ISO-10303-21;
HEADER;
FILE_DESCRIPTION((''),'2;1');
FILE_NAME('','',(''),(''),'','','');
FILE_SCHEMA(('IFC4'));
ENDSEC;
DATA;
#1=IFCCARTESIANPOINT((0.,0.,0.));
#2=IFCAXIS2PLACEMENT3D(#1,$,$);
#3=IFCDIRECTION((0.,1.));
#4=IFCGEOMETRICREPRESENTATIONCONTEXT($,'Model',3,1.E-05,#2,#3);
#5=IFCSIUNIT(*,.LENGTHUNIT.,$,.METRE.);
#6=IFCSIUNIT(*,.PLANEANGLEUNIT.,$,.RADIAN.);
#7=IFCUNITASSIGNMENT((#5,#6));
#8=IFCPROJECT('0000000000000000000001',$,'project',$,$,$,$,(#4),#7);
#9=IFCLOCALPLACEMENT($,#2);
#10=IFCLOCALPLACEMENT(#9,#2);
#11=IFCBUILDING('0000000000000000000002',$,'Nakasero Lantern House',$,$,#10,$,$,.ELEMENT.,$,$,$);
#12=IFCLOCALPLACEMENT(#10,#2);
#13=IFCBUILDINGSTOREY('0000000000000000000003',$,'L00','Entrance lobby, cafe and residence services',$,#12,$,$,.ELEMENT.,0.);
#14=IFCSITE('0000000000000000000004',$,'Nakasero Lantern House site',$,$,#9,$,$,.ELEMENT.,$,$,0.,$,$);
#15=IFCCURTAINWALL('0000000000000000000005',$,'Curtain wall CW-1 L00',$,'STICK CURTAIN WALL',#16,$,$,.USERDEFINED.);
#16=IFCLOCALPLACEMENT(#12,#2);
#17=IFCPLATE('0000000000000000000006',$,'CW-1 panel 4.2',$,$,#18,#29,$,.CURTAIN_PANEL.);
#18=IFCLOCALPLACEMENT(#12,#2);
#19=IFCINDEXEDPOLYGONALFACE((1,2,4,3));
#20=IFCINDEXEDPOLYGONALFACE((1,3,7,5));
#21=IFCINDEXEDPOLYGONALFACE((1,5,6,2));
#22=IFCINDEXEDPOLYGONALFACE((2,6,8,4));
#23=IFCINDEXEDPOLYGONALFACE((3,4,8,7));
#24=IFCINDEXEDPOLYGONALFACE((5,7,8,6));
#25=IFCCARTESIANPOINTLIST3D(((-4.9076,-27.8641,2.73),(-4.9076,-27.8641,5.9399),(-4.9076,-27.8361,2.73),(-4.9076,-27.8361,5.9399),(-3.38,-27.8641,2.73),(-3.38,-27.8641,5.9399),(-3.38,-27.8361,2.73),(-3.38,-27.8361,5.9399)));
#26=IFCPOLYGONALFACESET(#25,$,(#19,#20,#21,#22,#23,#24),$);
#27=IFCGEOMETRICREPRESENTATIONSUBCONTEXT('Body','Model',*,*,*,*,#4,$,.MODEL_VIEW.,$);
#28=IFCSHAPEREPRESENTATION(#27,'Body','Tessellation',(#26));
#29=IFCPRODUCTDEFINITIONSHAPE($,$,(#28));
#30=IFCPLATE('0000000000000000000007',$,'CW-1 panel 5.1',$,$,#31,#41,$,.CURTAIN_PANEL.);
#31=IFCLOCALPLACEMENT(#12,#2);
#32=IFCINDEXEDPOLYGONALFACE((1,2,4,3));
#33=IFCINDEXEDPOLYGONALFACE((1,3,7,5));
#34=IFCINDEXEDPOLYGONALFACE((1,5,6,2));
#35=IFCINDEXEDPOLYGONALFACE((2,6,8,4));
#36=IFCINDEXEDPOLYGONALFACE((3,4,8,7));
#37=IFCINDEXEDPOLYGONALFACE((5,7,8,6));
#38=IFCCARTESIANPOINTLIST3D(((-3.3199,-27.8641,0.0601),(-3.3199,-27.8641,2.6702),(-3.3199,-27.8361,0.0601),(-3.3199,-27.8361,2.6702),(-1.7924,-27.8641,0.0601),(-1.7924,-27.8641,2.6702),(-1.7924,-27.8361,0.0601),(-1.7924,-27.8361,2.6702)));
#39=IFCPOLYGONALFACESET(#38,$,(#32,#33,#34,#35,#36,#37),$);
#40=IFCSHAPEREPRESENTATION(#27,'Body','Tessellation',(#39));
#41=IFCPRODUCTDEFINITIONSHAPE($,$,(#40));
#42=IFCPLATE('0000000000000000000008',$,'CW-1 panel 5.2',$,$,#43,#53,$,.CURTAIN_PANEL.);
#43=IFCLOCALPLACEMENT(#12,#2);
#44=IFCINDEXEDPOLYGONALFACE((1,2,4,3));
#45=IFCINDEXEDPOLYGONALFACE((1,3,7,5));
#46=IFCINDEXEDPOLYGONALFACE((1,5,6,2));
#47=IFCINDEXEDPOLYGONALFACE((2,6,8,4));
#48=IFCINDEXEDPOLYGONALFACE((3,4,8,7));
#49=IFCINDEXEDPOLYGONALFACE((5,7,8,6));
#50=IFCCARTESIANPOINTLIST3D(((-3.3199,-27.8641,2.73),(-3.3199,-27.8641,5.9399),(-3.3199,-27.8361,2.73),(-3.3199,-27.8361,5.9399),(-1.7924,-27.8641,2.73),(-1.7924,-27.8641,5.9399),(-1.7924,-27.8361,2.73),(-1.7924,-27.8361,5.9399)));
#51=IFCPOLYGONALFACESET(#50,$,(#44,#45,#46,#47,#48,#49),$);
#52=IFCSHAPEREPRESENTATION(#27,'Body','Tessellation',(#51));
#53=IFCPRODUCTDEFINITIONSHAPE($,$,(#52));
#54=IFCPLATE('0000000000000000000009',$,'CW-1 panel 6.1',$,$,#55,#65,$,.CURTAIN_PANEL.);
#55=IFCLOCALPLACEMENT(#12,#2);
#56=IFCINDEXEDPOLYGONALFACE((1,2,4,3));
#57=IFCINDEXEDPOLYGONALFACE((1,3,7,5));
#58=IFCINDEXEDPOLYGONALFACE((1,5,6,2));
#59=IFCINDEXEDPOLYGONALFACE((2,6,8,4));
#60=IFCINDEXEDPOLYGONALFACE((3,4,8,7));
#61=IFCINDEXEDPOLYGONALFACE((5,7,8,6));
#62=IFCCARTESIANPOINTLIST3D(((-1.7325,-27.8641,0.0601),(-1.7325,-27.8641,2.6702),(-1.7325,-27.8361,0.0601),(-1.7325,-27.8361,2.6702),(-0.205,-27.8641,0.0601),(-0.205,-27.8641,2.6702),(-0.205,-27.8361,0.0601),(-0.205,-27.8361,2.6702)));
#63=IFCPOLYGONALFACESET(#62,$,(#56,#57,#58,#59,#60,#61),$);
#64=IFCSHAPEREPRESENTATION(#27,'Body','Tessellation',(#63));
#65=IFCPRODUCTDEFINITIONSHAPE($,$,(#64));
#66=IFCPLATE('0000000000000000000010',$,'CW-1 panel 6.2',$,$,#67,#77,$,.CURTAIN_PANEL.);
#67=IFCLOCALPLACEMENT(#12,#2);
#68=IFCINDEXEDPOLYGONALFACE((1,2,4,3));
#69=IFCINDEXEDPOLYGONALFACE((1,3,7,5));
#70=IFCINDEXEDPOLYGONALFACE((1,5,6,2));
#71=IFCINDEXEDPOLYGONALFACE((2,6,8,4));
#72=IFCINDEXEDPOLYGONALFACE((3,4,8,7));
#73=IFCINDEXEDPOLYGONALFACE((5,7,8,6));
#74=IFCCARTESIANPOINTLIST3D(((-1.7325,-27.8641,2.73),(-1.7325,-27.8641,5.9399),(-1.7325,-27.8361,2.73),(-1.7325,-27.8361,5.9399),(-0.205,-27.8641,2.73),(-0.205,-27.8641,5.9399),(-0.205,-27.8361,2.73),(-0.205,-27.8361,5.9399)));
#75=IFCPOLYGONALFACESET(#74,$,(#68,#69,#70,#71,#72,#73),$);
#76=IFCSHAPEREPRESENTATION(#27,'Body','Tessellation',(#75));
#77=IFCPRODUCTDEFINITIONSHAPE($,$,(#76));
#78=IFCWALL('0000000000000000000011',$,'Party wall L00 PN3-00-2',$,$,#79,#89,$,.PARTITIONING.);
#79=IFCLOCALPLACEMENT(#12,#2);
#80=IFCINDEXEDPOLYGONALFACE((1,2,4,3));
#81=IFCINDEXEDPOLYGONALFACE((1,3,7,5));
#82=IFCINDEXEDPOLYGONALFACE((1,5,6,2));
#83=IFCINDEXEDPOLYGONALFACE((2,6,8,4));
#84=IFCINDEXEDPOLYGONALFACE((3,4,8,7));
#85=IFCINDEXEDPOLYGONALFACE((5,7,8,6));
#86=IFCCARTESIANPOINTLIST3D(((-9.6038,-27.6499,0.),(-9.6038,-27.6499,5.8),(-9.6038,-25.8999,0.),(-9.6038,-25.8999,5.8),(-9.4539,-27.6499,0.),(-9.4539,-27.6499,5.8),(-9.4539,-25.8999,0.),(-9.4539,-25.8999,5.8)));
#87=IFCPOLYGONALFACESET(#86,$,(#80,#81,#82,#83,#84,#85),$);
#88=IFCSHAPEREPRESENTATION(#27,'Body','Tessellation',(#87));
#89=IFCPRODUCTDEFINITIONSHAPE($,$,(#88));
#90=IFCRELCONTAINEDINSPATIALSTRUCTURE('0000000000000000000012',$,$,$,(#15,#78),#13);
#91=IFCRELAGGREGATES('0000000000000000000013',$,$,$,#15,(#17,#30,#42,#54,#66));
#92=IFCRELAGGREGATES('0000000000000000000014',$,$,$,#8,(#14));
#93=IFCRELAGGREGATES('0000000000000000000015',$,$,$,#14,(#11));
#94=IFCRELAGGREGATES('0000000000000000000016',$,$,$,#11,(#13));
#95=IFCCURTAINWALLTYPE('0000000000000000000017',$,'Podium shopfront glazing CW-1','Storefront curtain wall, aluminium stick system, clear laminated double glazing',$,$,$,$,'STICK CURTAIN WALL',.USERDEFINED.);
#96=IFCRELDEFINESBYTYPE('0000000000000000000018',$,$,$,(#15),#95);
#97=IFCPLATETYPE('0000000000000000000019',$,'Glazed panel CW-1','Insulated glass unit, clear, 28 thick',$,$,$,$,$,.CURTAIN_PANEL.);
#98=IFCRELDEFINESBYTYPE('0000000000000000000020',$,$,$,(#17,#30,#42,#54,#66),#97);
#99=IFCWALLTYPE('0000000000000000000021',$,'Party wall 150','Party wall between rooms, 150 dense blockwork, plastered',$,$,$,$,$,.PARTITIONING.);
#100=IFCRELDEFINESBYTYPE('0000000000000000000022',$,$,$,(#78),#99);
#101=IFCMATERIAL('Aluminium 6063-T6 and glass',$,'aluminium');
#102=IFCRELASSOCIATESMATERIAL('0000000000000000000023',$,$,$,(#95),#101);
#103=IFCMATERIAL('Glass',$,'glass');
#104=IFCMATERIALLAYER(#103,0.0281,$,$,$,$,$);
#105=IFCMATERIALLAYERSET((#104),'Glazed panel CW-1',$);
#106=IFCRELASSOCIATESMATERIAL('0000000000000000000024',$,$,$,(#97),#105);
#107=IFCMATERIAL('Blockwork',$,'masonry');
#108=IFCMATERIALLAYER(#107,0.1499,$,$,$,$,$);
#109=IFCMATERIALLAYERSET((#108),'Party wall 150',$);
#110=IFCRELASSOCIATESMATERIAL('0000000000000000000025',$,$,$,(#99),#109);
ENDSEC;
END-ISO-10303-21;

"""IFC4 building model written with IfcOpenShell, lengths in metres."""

from ifc_helpers import new_model, si_unit, direction, frame, frame_2d, origin, origin_2d, place, context, subcontext, project, spatial, rectangle, extrude, material, layer, layer_set, type_object, element, aggregate, save


model = new_model("IFC4")

# Units and contexts
model_context = context("Model", 3, precision=1e-05, world=origin(), true_north=direction((0.0, 1.0)))
body_context = subcontext(model_context, "Body", "Model", "MODEL_VIEW")
ifc_project = project(units=[si_unit("LENGTHUNIT", "METRE"), si_unit("PLANEANGLEUNIT", "RADIAN")], contexts=[model_context])

# Site, building, storey
site_placement = place(None, origin())
site = spatial("IfcSite", under=ifc_project, at=site_placement, Name="Nakasero Lantern House site", CompositionType="ELEMENT", RefElevation=0.0)
building_placement = place(site_placement, origin())
building = spatial("IfcBuilding", under=site, at=building_placement, Name="Nakasero Lantern House", CompositionType="ELEMENT")
storey_placement = place(building_placement, origin())
storey = spatial("IfcBuildingStorey", under=building, at=storey_placement, Name="L00", Description="Entrance lobby, cafe and residence services", CompositionType="ELEMENT", Elevation=0.0)

# Curtain wall, plates
ifc_material_1 = material(Name="Aluminium 6063-T6 and glass", Category="aluminium")
curtain_wall_type = type_object("IfcCurtainWallType", Name="Podium shopfront glazing CW-1", Description="Storefront curtain wall, aluminium stick system, clear laminated double glazing", ElementType="STICK CURTAIN WALL", PredefinedType="USERDEFINED", material=ifc_material_1)
curtain_wall_placement = place(storey_placement, origin())
curtain_wall = element("IfcCurtainWall", 1, at=curtain_wall_placement, inside=storey, type_object=curtain_wall_type, Name="Curtain wall CW-1 L00", ObjectType="STICK CURTAIN WALL", PredefinedType="USERDEFINED")
ifc_material_2 = material(Name="Glass", Category="glass")
ifc_layer_1 = layer(ifc_material_2, 0.0281)
ifc_layer_set_1 = layer_set([ifc_layer_1], Name="Glazed panel CW-1")
plate_type = type_object("IfcPlateType", Name="Glazed panel CW-1", Description="Insulated glass unit, clear, 28 thick", PredefinedType="CURTAIN_PANEL", material=ifc_layer_set_1)
plate_1_placement = place(storey_placement, frame((-4.1438, -27.8501, 2.73), z_axis=(0.0, 0.0, 1.0), x_axis=(1.0, 0.0, 0.0)))
plate_1 = element("IfcPlate", 2, at=plate_1_placement, type_object=plate_type, Name="CW-1 panel 4.2", PredefinedType="CURTAIN_PANEL", context=body_context, shape_type="SweptSolid", body=[
    extrude(rectangle(XDim=1.5276, YDim=0.0281, at=origin_2d()), origin(), (0.0, 0.0, 1.0), 3.21),
])
plate_2_placement = place(storey_placement, frame((-2.5562, -27.8501, 0.0601), z_axis=(0.0, 0.0, 1.0), x_axis=(1.0, 0.0, 0.0)))
plate_2 = element("IfcPlate", 3, at=plate_2_placement, type_object=plate_type, Name="CW-1 panel 5.1", PredefinedType="CURTAIN_PANEL", context=body_context, shape_type="SweptSolid", body=[
    extrude(rectangle(XDim=1.5276, YDim=0.0281, at=origin_2d()), origin(), (0.0, 0.0, 1.0), 2.6101),
])
plate_3_placement = place(storey_placement, frame((-2.5562, -27.8501, 2.73), z_axis=(0.0, 0.0, 1.0), x_axis=(1.0, 0.0, 0.0)))
plate_3 = element("IfcPlate", 4, at=plate_3_placement, type_object=plate_type, Name="CW-1 panel 5.2", PredefinedType="CURTAIN_PANEL", context=body_context, shape_type="SweptSolid", body=[
    extrude(rectangle(XDim=1.5276, YDim=0.0281, at=origin_2d()), origin(), (0.0, 0.0, 1.0), 3.21),
])
plate_4_placement = place(storey_placement, frame((-0.9688, -27.8501, 0.0601), z_axis=(0.0, 0.0, 1.0), x_axis=(1.0, 0.0, 0.0)))
plate_4 = element("IfcPlate", 5, at=plate_4_placement, type_object=plate_type, Name="CW-1 panel 6.1", PredefinedType="CURTAIN_PANEL", context=body_context, shape_type="SweptSolid", body=[
    extrude(rectangle(XDim=1.5276, YDim=0.0281, at=origin_2d()), origin(), (0.0, 0.0, 1.0), 2.6101),
])
plate_5_placement = place(storey_placement, frame((-0.9688, -27.8501, 2.73), z_axis=(0.0, 0.0, 1.0), x_axis=(1.0, 0.0, 0.0)))
plate_5 = element("IfcPlate", 6, at=plate_5_placement, type_object=plate_type, Name="CW-1 panel 6.2", PredefinedType="CURTAIN_PANEL", context=body_context, shape_type="SweptSolid", body=[
    extrude(rectangle(XDim=1.5276, YDim=0.0281, at=origin_2d()), origin(), (0.0, 0.0, 1.0), 3.21),
])
aggregate(curtain_wall, [plate_1, plate_2, plate_3, plate_4, plate_5])

# Wall
ifc_material_3 = material(Name="Blockwork", Category="masonry")
ifc_layer_2 = layer(ifc_material_3, 0.1499)
ifc_layer_set_2 = layer_set([ifc_layer_2], Name="Party wall 150")
wall_type = type_object("IfcWallType", Name="Party wall 150", Description="Party wall between rooms, 150 dense blockwork, plastered", PredefinedType="PARTITIONING", material=ifc_layer_set_2)
wall_placement = place(storey_placement, frame((-9.5288, -25.8999, 0.0), z_axis=(0.0, 0.0, 1.0), x_axis=(0.0, -1.0, 0.0)))
element("IfcWall", 7, at=wall_placement, inside=storey, type_object=wall_type, Name="Party wall L00 PN3-00-2", PredefinedType="PARTITIONING", context=body_context, shape_type="SweptSolid", body=[
    extrude(rectangle(XDim=1.75, YDim=0.1499, at=frame_2d((0.875, 0.0))), origin(), (0.0, 0.0, 1.0), 5.8),
])

save(model, "model.ifc")
